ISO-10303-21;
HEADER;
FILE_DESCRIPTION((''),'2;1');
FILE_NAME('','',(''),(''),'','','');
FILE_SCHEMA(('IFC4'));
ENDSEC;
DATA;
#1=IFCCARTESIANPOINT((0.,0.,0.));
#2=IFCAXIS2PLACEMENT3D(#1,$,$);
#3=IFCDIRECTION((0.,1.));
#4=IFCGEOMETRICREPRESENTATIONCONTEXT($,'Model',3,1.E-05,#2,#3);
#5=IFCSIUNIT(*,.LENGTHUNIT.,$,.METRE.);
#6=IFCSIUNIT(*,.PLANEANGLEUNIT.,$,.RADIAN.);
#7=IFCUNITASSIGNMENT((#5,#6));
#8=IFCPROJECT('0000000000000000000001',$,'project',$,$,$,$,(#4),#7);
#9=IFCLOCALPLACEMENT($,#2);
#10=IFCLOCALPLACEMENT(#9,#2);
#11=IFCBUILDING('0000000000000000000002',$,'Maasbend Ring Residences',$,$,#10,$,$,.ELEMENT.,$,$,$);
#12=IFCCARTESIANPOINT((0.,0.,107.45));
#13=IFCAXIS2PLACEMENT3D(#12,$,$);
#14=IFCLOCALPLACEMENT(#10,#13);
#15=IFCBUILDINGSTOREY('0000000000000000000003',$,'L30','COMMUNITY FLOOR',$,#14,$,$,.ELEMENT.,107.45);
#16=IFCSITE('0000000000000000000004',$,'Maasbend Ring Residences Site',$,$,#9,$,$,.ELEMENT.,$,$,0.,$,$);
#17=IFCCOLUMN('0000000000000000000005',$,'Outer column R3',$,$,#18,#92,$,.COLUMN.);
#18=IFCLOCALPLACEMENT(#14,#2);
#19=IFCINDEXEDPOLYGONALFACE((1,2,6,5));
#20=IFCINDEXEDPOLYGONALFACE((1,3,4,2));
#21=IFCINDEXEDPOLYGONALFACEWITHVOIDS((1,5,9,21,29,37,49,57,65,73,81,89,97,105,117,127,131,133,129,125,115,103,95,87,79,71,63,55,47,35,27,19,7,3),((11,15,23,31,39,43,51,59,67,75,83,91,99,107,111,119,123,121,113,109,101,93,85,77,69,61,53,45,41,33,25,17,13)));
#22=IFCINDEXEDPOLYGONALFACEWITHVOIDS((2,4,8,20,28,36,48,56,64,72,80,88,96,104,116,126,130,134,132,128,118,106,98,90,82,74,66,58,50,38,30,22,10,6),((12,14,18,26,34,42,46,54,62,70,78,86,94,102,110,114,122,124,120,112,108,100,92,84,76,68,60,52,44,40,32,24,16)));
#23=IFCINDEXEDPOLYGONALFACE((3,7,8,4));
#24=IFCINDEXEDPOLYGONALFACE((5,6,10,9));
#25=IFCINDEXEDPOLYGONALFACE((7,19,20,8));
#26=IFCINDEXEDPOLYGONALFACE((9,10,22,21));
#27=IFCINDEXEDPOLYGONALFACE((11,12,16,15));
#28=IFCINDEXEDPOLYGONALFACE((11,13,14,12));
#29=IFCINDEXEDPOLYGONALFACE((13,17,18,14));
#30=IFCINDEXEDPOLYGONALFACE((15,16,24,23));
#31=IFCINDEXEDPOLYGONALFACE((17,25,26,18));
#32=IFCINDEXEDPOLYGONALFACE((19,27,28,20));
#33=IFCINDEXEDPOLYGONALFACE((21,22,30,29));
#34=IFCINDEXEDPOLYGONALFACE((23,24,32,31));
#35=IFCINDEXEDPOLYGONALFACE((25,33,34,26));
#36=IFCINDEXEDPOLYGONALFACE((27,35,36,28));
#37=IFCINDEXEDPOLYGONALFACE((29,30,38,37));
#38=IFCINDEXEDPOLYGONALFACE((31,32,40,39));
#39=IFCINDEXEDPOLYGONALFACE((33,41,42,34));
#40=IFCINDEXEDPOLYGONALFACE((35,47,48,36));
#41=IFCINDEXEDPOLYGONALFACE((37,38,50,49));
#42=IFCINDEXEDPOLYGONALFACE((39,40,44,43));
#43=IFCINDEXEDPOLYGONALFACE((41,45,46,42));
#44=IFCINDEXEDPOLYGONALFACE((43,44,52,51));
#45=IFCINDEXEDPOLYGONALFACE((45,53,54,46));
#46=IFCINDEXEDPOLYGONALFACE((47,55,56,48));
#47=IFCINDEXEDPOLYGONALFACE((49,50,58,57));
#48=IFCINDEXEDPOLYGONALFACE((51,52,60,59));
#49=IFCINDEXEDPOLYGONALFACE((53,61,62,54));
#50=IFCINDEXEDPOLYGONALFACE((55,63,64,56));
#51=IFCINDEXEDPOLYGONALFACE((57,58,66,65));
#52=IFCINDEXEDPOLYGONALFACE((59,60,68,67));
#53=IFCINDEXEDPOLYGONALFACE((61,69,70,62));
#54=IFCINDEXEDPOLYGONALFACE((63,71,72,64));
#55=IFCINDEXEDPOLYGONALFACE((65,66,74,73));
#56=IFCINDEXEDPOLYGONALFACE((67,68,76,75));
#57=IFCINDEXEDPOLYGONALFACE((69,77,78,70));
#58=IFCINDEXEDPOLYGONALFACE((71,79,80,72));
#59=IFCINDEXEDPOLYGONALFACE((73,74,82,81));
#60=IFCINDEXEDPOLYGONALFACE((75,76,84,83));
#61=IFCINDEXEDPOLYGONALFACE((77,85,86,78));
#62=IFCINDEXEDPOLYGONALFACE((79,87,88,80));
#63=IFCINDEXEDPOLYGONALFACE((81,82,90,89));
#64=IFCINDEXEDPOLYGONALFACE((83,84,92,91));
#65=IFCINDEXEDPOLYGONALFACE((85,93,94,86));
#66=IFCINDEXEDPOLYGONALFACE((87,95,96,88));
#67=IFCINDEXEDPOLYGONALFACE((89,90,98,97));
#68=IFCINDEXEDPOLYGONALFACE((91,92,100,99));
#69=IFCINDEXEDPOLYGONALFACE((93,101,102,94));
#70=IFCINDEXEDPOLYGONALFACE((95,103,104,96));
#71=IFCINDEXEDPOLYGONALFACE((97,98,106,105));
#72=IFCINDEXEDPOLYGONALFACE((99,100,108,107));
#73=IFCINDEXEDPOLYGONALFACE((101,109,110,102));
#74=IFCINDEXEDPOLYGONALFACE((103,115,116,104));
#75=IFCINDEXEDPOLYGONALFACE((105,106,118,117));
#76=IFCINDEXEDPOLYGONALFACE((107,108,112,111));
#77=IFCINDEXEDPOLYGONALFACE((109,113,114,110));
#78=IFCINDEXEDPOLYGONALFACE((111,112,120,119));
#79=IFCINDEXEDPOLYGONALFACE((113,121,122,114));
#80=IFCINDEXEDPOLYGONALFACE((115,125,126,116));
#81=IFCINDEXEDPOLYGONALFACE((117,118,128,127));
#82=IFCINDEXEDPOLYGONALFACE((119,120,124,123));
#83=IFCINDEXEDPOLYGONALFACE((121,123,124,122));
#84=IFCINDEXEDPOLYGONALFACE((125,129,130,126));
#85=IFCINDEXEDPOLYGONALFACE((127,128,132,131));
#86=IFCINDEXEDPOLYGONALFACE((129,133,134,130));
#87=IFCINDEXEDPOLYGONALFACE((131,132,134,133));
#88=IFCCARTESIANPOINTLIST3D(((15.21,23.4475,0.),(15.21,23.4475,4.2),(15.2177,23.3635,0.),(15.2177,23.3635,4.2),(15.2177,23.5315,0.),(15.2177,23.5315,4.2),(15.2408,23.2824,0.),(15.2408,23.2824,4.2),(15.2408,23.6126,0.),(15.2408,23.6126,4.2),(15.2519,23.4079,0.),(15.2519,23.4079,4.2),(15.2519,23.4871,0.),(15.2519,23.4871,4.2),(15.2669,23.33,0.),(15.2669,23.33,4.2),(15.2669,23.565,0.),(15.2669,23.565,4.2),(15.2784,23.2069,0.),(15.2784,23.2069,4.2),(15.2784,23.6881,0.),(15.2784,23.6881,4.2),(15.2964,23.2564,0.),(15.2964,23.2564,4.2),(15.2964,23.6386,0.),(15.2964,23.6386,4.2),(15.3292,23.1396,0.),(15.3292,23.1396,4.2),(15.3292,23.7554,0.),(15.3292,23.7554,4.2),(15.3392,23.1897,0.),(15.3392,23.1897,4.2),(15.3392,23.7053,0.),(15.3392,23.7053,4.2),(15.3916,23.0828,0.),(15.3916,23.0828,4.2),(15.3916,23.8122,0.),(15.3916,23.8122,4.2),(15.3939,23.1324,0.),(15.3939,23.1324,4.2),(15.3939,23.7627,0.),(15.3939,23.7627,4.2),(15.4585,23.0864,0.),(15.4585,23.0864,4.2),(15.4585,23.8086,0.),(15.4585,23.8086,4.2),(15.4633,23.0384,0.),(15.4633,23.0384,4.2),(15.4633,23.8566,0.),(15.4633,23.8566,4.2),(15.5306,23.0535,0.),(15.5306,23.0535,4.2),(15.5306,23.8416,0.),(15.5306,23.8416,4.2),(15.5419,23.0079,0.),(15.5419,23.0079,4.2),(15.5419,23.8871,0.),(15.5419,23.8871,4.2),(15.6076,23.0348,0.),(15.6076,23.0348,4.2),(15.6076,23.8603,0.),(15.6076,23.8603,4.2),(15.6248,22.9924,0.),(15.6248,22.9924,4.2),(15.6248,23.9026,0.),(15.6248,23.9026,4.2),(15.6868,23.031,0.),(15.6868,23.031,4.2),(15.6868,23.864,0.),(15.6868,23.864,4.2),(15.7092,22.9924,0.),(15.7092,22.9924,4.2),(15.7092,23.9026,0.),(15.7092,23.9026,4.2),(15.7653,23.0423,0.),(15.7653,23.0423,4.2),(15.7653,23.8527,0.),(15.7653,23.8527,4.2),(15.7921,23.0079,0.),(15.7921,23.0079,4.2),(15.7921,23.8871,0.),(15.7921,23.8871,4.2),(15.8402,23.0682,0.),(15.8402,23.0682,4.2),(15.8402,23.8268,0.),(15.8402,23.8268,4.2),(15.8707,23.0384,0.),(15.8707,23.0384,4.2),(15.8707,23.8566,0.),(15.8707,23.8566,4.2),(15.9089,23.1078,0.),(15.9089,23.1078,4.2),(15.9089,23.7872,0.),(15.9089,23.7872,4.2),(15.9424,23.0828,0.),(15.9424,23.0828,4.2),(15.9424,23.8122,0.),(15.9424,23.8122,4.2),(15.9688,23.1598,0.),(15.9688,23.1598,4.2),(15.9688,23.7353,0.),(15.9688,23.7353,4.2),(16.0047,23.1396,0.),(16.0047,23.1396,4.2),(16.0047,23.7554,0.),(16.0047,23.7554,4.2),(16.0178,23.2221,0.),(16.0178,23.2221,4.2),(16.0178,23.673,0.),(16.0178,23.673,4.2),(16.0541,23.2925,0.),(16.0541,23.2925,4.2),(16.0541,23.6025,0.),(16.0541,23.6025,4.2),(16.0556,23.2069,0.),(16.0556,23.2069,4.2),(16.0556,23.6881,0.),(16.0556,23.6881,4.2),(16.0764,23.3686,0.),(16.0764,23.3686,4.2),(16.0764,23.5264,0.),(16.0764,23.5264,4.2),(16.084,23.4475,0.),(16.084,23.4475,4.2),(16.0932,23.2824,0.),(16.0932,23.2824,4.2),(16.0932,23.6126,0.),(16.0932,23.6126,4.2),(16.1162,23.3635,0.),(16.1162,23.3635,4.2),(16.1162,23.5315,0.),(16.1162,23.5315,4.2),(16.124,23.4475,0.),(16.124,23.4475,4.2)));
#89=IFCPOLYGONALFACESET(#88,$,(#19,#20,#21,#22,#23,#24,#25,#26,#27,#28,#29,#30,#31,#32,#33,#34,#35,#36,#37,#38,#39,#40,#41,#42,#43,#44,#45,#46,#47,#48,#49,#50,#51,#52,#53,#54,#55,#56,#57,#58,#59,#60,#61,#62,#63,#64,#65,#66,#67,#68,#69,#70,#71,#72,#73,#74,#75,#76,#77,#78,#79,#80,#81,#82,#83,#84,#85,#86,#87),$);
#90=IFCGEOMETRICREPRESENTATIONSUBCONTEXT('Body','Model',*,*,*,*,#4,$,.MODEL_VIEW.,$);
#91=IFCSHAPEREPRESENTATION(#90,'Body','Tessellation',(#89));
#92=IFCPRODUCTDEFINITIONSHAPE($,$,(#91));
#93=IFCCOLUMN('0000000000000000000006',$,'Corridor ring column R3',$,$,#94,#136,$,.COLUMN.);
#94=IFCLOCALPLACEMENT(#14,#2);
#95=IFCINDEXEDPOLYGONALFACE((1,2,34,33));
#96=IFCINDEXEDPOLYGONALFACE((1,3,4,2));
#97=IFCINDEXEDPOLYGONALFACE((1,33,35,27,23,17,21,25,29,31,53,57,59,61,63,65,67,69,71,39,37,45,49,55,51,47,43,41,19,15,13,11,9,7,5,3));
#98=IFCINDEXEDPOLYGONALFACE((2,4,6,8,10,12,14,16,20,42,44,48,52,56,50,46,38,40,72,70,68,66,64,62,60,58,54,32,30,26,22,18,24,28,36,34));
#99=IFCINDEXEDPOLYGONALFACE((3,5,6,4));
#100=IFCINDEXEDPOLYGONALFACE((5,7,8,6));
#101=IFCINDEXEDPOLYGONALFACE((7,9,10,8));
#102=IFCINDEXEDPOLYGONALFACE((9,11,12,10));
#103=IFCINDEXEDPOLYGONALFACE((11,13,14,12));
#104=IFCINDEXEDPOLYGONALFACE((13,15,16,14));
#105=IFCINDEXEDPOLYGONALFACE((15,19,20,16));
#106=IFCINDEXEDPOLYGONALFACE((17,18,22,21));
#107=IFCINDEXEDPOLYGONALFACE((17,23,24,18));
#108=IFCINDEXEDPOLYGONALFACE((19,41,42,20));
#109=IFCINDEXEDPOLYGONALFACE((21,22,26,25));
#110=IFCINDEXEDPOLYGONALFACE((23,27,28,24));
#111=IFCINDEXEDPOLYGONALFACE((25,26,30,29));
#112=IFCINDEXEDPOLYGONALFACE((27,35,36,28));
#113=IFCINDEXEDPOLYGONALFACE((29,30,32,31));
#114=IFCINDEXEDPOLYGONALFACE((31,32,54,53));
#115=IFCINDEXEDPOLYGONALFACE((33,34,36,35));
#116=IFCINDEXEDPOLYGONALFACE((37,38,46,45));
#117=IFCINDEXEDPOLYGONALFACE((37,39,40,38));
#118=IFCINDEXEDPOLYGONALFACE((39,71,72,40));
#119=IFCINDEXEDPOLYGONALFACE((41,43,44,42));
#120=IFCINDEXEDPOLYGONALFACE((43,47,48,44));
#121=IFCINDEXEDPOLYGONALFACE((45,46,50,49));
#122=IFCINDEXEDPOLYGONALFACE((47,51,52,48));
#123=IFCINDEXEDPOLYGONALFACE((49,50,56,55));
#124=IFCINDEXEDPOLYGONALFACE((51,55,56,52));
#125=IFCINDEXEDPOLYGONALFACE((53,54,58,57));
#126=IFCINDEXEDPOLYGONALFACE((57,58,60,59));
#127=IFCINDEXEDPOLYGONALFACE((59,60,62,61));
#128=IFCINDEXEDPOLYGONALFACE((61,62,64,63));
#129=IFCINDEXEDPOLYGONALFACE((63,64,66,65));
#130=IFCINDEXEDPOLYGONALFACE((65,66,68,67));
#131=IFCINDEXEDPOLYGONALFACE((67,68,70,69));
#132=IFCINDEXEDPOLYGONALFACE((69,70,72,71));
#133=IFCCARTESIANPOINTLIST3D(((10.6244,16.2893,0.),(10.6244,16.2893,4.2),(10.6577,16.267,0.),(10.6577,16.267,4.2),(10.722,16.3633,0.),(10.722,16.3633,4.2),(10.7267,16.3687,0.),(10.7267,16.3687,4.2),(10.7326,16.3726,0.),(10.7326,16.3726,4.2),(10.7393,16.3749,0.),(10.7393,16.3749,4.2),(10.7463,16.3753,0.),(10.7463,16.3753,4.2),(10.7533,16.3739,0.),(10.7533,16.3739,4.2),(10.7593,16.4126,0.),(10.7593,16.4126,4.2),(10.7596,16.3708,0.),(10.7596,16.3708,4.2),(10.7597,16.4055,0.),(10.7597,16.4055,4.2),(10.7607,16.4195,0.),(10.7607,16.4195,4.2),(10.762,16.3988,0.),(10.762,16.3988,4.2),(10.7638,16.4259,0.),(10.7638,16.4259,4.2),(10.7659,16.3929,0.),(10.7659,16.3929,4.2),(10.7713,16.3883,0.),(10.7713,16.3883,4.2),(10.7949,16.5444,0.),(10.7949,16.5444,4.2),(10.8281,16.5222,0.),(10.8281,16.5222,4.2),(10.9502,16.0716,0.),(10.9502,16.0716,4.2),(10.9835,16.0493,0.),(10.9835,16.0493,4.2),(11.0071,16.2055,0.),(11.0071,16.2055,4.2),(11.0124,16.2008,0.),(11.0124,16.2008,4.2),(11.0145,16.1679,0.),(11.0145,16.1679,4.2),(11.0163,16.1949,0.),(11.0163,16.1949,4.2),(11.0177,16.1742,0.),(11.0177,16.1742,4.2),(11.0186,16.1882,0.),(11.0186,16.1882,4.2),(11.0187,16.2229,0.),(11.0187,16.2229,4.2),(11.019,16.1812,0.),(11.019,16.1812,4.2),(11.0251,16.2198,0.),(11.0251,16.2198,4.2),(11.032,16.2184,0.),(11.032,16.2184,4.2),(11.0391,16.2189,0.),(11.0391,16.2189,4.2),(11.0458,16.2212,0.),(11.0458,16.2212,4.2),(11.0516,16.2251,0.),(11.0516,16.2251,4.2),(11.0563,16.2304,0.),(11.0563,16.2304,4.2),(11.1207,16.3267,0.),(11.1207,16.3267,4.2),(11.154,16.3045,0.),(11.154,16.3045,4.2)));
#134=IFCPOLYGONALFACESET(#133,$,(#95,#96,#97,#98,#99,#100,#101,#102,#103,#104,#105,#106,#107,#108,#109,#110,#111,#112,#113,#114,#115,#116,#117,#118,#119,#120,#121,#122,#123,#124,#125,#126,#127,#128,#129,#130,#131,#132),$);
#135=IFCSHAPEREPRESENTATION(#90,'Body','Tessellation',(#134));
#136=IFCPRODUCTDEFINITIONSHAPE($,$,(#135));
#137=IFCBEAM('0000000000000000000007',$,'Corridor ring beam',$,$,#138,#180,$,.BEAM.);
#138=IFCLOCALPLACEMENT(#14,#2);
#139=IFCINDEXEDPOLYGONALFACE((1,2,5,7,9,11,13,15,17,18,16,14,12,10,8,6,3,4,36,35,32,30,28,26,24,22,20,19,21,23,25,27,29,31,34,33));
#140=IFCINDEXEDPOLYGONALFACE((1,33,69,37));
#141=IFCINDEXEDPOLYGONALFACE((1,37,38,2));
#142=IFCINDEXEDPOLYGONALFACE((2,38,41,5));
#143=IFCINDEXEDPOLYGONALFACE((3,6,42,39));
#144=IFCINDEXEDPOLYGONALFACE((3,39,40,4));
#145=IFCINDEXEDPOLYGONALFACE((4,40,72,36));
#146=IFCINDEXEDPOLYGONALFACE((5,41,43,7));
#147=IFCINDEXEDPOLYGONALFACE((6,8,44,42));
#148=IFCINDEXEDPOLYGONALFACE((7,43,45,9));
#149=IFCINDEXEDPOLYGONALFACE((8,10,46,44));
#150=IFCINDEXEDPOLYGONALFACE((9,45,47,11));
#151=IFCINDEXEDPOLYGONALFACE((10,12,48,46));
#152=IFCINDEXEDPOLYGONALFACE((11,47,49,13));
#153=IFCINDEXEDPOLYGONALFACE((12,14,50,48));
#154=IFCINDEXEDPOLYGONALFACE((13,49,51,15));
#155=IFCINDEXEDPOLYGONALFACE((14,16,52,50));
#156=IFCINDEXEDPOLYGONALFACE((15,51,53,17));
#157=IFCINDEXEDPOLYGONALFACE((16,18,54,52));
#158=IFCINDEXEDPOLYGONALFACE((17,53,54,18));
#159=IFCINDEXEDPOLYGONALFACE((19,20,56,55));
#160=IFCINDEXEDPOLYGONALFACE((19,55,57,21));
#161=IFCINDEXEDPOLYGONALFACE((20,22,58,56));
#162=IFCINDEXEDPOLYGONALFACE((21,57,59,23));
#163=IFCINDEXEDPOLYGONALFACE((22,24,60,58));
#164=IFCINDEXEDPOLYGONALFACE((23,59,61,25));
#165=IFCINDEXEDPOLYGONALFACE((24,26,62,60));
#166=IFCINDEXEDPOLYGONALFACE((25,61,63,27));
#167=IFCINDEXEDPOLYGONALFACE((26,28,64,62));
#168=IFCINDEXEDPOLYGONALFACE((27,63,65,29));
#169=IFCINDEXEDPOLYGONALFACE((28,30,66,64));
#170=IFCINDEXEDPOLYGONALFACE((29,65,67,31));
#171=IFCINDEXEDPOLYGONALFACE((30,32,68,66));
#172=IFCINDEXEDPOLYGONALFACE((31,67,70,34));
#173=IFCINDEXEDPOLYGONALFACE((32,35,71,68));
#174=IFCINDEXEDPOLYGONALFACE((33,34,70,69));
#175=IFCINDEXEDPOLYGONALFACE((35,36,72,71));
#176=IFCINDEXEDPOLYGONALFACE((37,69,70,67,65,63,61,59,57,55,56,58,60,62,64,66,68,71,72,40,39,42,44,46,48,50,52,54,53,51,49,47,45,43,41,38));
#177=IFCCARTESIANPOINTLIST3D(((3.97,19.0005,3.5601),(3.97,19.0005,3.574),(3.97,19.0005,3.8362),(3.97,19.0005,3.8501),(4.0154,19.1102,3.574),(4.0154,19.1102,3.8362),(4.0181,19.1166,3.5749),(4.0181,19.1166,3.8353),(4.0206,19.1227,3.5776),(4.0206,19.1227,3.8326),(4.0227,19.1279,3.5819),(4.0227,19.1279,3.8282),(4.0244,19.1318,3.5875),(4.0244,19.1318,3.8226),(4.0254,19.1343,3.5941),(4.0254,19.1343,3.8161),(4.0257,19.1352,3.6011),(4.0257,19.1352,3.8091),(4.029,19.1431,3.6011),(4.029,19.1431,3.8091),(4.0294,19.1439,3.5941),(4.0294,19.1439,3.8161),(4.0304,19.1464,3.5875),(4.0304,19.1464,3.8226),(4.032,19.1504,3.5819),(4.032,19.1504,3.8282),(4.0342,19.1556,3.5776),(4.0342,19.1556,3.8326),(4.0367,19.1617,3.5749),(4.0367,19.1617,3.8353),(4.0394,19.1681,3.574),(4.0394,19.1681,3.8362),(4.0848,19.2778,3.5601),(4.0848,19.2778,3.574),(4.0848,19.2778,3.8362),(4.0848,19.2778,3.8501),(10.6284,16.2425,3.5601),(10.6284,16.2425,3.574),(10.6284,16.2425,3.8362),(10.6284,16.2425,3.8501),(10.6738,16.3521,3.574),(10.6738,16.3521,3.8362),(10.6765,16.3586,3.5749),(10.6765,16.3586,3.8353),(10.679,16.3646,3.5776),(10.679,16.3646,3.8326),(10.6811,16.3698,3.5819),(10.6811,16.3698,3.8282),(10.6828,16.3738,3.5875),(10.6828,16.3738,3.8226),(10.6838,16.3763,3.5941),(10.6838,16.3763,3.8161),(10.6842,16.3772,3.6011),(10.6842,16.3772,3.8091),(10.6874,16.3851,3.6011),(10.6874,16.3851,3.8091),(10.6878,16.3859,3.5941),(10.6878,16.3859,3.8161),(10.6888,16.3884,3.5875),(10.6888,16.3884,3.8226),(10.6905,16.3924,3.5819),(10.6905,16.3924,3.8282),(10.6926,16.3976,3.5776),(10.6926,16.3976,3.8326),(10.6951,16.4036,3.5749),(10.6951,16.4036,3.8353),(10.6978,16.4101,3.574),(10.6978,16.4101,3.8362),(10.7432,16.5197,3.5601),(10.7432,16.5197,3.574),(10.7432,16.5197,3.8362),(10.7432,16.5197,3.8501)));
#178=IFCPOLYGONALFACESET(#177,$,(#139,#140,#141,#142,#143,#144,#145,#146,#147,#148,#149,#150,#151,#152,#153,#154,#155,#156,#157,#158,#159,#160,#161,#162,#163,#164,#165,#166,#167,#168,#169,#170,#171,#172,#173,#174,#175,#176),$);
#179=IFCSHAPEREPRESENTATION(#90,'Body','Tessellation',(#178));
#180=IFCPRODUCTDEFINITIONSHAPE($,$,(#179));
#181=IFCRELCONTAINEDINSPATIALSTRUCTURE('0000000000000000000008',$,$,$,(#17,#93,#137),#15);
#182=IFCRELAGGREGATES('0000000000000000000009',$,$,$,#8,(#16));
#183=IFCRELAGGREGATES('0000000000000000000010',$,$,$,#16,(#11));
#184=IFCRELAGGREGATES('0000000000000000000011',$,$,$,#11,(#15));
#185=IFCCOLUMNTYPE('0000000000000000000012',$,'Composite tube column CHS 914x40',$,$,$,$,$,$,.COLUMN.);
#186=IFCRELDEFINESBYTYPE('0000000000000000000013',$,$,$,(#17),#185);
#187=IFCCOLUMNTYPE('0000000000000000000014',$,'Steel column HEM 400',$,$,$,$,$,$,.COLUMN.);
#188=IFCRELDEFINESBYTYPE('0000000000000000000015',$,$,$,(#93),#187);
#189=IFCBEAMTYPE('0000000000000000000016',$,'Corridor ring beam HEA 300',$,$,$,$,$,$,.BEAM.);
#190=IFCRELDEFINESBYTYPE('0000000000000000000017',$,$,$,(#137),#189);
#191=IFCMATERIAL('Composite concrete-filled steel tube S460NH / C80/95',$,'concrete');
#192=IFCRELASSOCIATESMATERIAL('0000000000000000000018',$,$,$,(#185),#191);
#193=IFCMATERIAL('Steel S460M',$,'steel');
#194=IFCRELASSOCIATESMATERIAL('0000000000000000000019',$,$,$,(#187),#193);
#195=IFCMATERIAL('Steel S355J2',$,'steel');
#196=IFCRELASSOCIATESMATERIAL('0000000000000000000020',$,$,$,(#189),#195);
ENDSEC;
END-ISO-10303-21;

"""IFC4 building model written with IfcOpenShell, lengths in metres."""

from ifc_helpers import new_model, si_unit, direction, frame, origin, origin_2d, place, context, subcontext, project, spatial, hollow_circle, i_section, extrude, material, material_profile, profile_set, type_object, element, save


model = new_model("IFC4")

# Units and contexts
model_context = context("Model", 3, precision=1e-05, world=origin(), true_north=direction((0.0, 1.0)))
body_context = subcontext(model_context, "Body", "Model", "MODEL_VIEW")
ifc_project = project(units=[si_unit("LENGTHUNIT", "METRE"), si_unit("PLANEANGLEUNIT", "RADIAN")], contexts=[model_context])

# Site, building, storey
site_placement = place(None, origin())
site = spatial("IfcSite", under=ifc_project, at=site_placement, Name="Maasbend Ring Residences Site", CompositionType="ELEMENT", RefElevation=0.0)
building_placement = place(site_placement, origin())
building = spatial("IfcBuilding", under=site, at=building_placement, Name="Maasbend Ring Residences", CompositionType="ELEMENT")
storey_placement = place(building_placement, frame((0.0, 0.0, 107.45)))
storey = spatial("IfcBuildingStorey", under=building, at=storey_placement, Name="L30", Description="COMMUNITY FLOOR", CompositionType="ELEMENT", Elevation=107.45)

# Columns
ifc_material_1 = material(Name="Composite concrete-filled steel tube S460NH / C80/95", Category="concrete")
ifc_material_profile_1 = material_profile(ifc_material_1, hollow_circle(Radius=0.457, WallThickness=0.04, at=origin_2d()), Name="Composite tube column CHS 914x40")
ifc_profile_set_1 = profile_set([ifc_material_profile_1], Name="Composite concrete-filled steel tube S460NH / C80/95")
column_type_1 = type_object("IfcColumnType", Name="Composite tube column CHS 914x40", PredefinedType="COLUMN", material=ifc_profile_set_1)
column_1_placement = place(storey_placement, frame((15.667, 23.4475, 0.0), z_axis=(0.0, 0.0, 1.0), x_axis=(1.0, 0.0, 0.0)))
element("IfcColumn", 1, at=column_1_placement, inside=storey, type_object=column_type_1, Name="Outer column R3", PredefinedType="COLUMN", context=body_context, shape_type="SweptSolid", body=[
    extrude(hollow_circle(Radius=0.457, WallThickness=0.04, at=origin_2d()), origin(), (0.0, 0.0, 1.0), 4.2),
])
ifc_material_2 = material(Name="Steel S460M", Category="steel")
ifc_material_profile_2 = material_profile(ifc_material_2, i_section(OverallWidth=0.3069, OverallDepth=0.4319, WebThickness=0.021, FlangeThickness=0.04, FilletRadius=0.0271, at=origin_2d()), Name="HEM 400")
ifc_profile_set_2 = profile_set([ifc_material_profile_2], Name="Steel S460M")
column_type_2 = type_object("IfcColumnType", Name="Steel column HEM 400", PredefinedType="COLUMN", material=ifc_profile_set_2)
column_2_placement = place(storey_placement, frame((10.8892, 16.2969, 0.0), z_axis=(0.0, 0.0, 1.0), x_axis=(0.55557, 0.83147, 0.0)))
element("IfcColumn", 2, at=column_2_placement, inside=storey, type_object=column_type_2, Name="Corridor ring column R3", PredefinedType="COLUMN", context=body_context, shape_type="SweptSolid", body=[
    extrude(i_section(OverallWidth=0.3069, OverallDepth=0.4319, WebThickness=0.021, FlangeThickness=0.04, FilletRadius=0.0271, at=origin_2d()), origin(), (0.0, 0.0, 1.0), 4.2),
])

# Beam
ifc_material_3 = material(Name="Steel S355J2", Category="steel")
ifc_material_profile_3 = material_profile(ifc_material_3, i_section(OverallWidth=0.3, OverallDepth=0.29, WebThickness=0.0085, FlangeThickness=0.0139, FilletRadius=0.0271, at=origin_2d()), Name="HEA 300")
ifc_profile_set_3 = profile_set([ifc_material_profile_3], Name="Steel S355J2")
beam_type_1 = type_object("IfcBeamType", Name="Corridor ring beam HEA 300", PredefinedType="BEAM", material=ifc_profile_set_3)
beam_placement = place(storey_placement, frame((10.6858, 16.3811, 3.7051), z_axis=(-0.923878, 0.382688, 0.0), x_axis=(-0.382688, -0.923878, 0.0)))
element("IfcBeam", 3, at=beam_placement, inside=storey, type_object=beam_type_1, Name="Corridor ring beam", PredefinedType="BEAM", context=body_context, shape_type="SweptSolid", body=[
    extrude(i_section(OverallWidth=0.3, OverallDepth=0.29, WebThickness=0.0085, FlangeThickness=0.0139, FilletRadius=0.0271, at=origin_2d()), origin(), (0.0, 0.0, 1.0), 7.207),
])

save(model, "model.ifc")
